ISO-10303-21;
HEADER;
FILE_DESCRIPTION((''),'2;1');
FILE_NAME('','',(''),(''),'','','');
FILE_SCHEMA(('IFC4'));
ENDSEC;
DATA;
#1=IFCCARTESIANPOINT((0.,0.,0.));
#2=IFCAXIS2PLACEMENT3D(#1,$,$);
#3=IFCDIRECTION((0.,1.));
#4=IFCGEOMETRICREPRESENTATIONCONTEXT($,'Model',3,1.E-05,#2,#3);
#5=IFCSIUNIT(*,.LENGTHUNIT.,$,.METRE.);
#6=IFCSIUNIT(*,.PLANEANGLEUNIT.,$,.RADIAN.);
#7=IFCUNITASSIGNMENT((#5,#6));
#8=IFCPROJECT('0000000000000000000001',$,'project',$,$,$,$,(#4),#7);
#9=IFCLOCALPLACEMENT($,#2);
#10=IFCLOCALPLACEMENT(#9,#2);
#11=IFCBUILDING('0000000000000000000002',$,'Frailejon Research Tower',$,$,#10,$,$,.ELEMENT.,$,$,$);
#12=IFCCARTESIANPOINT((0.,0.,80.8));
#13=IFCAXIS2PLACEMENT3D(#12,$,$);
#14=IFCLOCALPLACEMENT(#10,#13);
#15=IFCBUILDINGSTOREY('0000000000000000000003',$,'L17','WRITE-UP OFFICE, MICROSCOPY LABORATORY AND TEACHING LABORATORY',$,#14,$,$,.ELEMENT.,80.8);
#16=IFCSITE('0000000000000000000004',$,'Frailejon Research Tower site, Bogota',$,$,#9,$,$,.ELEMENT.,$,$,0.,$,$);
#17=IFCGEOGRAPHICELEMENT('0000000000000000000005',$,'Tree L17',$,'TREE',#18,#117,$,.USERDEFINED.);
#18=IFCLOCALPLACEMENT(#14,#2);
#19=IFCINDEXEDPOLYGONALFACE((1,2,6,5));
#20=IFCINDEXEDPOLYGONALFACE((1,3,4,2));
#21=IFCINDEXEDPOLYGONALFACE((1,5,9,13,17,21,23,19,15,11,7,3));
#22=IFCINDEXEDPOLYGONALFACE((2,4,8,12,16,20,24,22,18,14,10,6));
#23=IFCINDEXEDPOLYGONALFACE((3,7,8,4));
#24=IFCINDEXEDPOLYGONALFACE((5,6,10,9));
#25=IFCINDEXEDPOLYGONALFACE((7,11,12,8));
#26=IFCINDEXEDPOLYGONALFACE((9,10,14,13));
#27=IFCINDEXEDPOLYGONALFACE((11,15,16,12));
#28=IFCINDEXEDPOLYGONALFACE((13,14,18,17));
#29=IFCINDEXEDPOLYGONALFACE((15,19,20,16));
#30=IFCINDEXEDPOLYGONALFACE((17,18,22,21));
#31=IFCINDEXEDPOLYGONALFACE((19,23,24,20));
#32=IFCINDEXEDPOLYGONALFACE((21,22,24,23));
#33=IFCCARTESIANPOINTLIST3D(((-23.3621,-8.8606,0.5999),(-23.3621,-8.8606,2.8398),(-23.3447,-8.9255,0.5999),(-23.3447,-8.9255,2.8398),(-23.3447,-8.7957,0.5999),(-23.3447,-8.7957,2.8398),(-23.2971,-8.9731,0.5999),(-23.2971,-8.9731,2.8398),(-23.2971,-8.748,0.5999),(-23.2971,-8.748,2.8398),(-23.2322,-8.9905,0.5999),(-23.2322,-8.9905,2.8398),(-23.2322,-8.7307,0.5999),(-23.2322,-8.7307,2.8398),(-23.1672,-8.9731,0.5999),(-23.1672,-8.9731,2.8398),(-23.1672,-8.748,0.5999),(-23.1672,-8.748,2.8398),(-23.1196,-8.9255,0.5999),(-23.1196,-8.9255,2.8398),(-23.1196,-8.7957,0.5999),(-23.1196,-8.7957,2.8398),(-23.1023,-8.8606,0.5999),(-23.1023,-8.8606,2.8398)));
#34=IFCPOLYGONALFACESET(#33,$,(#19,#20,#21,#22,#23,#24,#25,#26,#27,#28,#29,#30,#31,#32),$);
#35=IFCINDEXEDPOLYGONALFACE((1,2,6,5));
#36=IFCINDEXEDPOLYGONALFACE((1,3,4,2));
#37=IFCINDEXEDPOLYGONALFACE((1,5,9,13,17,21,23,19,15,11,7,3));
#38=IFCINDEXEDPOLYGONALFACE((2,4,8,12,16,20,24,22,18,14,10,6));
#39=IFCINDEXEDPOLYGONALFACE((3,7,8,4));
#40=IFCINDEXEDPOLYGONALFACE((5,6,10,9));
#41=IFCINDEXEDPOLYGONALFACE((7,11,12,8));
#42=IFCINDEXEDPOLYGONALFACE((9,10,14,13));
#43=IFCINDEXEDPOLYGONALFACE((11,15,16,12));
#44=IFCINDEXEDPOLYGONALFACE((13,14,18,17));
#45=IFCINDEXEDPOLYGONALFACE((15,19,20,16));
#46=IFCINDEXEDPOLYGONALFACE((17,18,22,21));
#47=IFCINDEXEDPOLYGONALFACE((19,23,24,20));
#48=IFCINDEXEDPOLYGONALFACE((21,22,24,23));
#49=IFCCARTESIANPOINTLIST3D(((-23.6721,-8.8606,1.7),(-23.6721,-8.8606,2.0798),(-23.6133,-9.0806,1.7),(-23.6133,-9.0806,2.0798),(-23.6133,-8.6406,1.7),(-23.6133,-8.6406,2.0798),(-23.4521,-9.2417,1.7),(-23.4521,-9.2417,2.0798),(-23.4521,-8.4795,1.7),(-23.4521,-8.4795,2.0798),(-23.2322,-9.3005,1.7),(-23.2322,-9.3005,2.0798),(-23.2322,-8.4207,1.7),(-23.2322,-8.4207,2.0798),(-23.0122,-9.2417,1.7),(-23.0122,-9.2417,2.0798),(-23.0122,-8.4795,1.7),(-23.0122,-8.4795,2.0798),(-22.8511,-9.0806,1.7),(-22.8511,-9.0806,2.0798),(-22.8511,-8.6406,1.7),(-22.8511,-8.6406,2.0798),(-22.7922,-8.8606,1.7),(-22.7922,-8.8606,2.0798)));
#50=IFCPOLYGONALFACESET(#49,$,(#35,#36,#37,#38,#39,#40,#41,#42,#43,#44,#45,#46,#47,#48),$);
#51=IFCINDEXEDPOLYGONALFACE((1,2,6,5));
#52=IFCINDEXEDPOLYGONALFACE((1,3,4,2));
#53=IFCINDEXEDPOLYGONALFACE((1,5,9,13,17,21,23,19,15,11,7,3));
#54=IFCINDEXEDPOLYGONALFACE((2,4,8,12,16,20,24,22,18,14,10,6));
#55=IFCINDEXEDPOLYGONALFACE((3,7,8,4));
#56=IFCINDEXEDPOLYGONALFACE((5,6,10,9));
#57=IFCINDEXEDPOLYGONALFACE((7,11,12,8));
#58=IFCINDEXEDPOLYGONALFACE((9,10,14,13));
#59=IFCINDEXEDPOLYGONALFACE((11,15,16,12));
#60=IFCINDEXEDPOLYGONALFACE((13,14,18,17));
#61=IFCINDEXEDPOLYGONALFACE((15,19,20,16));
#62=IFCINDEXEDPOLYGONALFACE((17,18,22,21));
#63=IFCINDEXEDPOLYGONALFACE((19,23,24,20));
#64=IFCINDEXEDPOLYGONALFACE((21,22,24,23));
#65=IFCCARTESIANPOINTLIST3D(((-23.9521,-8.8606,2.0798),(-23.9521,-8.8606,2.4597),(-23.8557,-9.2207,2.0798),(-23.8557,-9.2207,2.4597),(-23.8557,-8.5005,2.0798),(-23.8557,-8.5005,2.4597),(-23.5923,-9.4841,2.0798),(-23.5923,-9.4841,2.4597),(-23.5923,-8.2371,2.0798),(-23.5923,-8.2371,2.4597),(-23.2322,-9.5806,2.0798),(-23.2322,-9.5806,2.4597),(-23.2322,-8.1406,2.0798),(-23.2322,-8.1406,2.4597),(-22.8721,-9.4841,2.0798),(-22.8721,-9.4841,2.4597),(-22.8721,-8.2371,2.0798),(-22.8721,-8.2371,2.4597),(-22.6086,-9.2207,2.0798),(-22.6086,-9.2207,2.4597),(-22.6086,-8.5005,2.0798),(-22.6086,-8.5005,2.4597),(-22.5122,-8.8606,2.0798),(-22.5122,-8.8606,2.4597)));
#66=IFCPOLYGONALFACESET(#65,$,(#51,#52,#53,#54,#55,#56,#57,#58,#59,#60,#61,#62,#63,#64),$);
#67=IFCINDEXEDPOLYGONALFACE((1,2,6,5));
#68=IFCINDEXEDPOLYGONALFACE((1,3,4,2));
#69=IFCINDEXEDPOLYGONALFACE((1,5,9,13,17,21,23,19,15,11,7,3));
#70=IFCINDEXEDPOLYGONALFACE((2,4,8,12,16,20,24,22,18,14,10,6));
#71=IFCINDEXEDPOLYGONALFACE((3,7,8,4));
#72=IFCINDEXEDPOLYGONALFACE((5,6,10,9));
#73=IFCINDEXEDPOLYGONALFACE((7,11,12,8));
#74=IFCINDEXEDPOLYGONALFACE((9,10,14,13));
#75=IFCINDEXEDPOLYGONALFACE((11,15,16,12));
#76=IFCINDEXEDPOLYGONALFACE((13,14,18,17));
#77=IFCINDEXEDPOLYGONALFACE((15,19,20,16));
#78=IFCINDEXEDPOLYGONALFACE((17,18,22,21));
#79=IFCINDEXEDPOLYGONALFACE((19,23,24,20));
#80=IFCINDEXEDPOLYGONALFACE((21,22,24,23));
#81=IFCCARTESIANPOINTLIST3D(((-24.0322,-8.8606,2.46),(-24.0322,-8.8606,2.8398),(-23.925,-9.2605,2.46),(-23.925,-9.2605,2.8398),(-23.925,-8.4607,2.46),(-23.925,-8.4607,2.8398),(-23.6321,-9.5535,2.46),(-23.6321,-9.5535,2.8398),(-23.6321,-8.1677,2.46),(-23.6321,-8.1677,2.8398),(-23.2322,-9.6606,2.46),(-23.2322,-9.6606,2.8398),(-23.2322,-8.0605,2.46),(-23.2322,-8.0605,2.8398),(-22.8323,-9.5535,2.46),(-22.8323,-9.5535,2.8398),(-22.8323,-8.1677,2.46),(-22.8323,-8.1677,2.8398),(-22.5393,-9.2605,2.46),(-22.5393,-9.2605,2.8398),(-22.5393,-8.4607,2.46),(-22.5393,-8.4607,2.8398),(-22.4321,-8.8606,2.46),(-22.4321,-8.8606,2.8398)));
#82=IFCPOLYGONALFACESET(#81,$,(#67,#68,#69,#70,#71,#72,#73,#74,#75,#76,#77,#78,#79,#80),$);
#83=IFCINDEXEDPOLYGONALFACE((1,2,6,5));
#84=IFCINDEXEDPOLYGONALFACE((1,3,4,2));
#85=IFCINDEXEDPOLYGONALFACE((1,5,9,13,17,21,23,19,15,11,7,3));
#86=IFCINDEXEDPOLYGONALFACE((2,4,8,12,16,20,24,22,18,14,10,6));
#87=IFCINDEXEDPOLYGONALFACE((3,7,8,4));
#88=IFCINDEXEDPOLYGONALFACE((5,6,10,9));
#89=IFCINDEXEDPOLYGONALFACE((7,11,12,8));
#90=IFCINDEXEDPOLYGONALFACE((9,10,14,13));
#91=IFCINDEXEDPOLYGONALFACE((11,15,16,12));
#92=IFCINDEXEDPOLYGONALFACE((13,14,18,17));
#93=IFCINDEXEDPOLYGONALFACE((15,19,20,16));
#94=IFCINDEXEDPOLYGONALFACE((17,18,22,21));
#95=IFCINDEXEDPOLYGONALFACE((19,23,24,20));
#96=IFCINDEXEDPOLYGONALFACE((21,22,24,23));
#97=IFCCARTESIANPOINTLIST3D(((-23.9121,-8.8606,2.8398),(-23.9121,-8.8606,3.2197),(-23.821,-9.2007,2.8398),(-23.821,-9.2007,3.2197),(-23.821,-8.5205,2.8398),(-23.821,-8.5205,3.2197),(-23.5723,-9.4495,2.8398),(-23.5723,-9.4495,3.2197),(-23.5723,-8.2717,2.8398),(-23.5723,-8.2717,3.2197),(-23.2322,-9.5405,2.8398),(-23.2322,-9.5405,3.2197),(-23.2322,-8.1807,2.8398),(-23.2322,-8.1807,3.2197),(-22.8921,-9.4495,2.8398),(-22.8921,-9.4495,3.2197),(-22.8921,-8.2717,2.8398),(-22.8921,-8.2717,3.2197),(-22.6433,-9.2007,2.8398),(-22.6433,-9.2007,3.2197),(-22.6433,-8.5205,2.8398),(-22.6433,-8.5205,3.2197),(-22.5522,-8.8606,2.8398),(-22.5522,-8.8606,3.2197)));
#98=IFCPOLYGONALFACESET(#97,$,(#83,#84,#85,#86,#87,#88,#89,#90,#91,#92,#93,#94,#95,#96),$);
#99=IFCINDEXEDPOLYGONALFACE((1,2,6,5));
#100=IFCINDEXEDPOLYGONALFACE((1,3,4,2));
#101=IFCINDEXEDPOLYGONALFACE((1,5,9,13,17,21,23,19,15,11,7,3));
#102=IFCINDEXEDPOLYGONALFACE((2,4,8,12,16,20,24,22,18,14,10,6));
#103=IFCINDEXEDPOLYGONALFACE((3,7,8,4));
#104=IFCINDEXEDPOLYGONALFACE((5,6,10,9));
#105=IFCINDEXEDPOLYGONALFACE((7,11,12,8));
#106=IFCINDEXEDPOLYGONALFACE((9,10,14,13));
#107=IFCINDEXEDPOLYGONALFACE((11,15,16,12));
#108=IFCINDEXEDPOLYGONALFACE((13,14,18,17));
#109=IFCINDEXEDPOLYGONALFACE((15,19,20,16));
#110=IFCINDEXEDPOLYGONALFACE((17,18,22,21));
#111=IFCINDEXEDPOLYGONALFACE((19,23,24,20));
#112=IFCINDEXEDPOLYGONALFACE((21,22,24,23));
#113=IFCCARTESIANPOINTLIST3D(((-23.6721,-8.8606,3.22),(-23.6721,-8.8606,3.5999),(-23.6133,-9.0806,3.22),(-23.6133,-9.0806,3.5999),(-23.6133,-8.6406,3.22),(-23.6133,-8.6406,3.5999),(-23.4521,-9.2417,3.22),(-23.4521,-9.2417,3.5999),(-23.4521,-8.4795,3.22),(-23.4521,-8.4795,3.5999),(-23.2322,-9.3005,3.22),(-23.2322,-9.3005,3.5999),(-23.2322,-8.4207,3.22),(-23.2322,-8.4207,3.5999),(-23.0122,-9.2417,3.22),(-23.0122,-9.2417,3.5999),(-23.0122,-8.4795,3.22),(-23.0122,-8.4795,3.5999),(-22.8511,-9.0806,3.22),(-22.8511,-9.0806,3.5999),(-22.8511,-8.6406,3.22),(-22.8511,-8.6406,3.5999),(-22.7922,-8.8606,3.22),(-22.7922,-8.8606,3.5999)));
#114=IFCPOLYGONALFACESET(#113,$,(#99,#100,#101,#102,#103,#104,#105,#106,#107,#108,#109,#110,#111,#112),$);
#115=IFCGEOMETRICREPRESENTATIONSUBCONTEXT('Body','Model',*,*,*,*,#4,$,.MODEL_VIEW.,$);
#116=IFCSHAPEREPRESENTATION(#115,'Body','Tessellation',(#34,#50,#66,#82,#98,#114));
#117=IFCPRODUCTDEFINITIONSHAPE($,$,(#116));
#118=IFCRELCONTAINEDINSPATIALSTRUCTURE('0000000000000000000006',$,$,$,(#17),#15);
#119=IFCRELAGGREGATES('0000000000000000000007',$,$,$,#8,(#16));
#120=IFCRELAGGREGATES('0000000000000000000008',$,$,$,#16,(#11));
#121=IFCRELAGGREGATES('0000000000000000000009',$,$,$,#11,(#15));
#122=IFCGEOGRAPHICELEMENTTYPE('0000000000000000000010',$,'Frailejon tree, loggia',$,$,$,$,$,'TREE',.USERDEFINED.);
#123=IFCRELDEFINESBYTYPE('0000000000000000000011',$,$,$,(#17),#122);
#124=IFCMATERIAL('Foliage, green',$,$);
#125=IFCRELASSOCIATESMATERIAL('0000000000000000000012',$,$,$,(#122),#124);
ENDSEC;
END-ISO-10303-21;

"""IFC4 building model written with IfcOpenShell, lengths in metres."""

from ifc_helpers import new_model, si_unit, direction, frame, origin, place, context, subcontext, project, spatial, polyline, outline, extrude, material, type_object, element, save


model = new_model("IFC4")

# Units and contexts
model_context = context("Model", 3, precision=1e-05, world=origin(), true_north=direction((0.0, 1.0)))
body_context = subcontext(model_context, "Body", "Model", "MODEL_VIEW")
ifc_project = project(units=[si_unit("LENGTHUNIT", "METRE"), si_unit("PLANEANGLEUNIT", "RADIAN")], contexts=[model_context])

# Site, building, storey
site_placement = place(None, origin())
site = spatial("IfcSite", under=ifc_project, at=site_placement, Name="Frailejon Research Tower site, Bogota", CompositionType="ELEMENT", RefElevation=0.0)
building_placement = place(site_placement, origin())
building = spatial("IfcBuilding", under=site, at=building_placement, Name="Frailejon Research Tower", CompositionType="ELEMENT")
storey_placement = place(building_placement, frame((0.0, 0.0, 80.8)))
storey = spatial("IfcBuildingStorey", under=building, at=storey_placement, Name="L17", Description="WRITE-UP OFFICE, MICROSCOPY LABORATORY AND TEACHING LABORATORY", CompositionType="ELEMENT", Elevation=80.8)

# Geographic element
ifc_material_1 = material(Name="Foliage, green")
geographic_element_type = type_object("IfcGeographicElementType", Name="Frailejon tree, loggia", ElementType="TREE", PredefinedType="USERDEFINED", material=ifc_material_1)
geographic_element_placement = place(storey_placement, frame((-23.2322, -8.8606, 0.5999)))
element("IfcGeographicElement", 1, at=geographic_element_placement, inside=storey, type_object=geographic_element_type, Name="Tree L17", ObjectType="TREE", PredefinedType="USERDEFINED", context=body_context, shape_type="SweptSolid", body=[
    extrude(outline(polyline([(0.1299, 0.0), (0.1125, 0.0649), (0.0649, 0.1125), (0.0, 0.1299), (-0.0649, 0.1125), (-0.1125, 0.0649), (-0.1299, 0.0), (-0.1125, -0.0649), (-0.0649, -0.1125), (0.0, -0.1299), (0.0649, -0.1125), (0.1125, -0.0649), (0.1299, 0.0)])), origin(), (0.0, 0.0, 1.0), 2.24),
    extrude(outline(polyline([(0.4399, 0.0), (0.3811, 0.22), (0.22, 0.3811), (0.0, 0.4399), (-0.22, 0.3811), (-0.3811, 0.22), (-0.4399, 0.0), (-0.3811, -0.22), (-0.22, -0.3811), (0.0, -0.4399), (0.22, -0.3811), (0.3811, -0.22), (0.4399, 0.0)])), frame((0.0, 0.0, 1.1001)), (0.0, 0.0, 1.0), 0.3799),
    extrude(outline(polyline([(0.72, 0.0), (0.6235, 0.3601), (0.3601, 0.6235), (0.0, 0.72), (-0.3601, 0.6235), (-0.6235, 0.3601), (-0.72, 0.0), (-0.6235, -0.3601), (-0.3601, -0.6235), (0.0, -0.72), (0.3601, -0.6235), (0.6235, -0.3601), (0.72, 0.0)])), frame((0.0, 0.0, 1.48)), (0.0, 0.0, 1.0), 0.3799),
    extrude(outline(polyline([(0.8, 0.0), (0.6929, 0.3999), (0.3999, 0.6929), (0.0, 0.8), (-0.3999, 0.6929), (-0.6929, 0.3999), (-0.8, 0.0), (-0.6929, -0.3999), (-0.3999, -0.6929), (0.0, -0.8), (0.3999, -0.6929), (0.6929, -0.3999), (0.8, 0.0)])), frame((0.0, 0.0, 1.8601)), (0.0, 0.0, 1.0), 0.3799),
    extrude(outline(polyline([(0.6799, 0.0), (0.5889, 0.3401), (0.3401, 0.5889), (0.0, 0.6799), (-0.3401, 0.5889), (-0.5889, 0.3401), (-0.6799, 0.0), (-0.5889, -0.3401), (-0.3401, -0.5889), (0.0, -0.6799), (0.3401, -0.5889), (0.5889, -0.3401), (0.6799, 0.0)])), frame((0.0, 0.0, 2.24)), (0.0, 0.0, 1.0), 0.3799),
    extrude(outline(polyline([(0.4399, 0.0), (0.3811, 0.22), (0.22, 0.3811), (0.0, 0.4399), (-0.22, 0.3811), (-0.3811, 0.22), (-0.4399, 0.0), (-0.3811, -0.22), (-0.22, -0.3811), (0.0, -0.4399), (0.22, -0.3811), (0.3811, -0.22), (0.4399, 0.0)])), frame((0.0, 0.0, 2.6201)), (0.0, 0.0, 1.0), 0.3799),
])

save(model, "model.ifc")
